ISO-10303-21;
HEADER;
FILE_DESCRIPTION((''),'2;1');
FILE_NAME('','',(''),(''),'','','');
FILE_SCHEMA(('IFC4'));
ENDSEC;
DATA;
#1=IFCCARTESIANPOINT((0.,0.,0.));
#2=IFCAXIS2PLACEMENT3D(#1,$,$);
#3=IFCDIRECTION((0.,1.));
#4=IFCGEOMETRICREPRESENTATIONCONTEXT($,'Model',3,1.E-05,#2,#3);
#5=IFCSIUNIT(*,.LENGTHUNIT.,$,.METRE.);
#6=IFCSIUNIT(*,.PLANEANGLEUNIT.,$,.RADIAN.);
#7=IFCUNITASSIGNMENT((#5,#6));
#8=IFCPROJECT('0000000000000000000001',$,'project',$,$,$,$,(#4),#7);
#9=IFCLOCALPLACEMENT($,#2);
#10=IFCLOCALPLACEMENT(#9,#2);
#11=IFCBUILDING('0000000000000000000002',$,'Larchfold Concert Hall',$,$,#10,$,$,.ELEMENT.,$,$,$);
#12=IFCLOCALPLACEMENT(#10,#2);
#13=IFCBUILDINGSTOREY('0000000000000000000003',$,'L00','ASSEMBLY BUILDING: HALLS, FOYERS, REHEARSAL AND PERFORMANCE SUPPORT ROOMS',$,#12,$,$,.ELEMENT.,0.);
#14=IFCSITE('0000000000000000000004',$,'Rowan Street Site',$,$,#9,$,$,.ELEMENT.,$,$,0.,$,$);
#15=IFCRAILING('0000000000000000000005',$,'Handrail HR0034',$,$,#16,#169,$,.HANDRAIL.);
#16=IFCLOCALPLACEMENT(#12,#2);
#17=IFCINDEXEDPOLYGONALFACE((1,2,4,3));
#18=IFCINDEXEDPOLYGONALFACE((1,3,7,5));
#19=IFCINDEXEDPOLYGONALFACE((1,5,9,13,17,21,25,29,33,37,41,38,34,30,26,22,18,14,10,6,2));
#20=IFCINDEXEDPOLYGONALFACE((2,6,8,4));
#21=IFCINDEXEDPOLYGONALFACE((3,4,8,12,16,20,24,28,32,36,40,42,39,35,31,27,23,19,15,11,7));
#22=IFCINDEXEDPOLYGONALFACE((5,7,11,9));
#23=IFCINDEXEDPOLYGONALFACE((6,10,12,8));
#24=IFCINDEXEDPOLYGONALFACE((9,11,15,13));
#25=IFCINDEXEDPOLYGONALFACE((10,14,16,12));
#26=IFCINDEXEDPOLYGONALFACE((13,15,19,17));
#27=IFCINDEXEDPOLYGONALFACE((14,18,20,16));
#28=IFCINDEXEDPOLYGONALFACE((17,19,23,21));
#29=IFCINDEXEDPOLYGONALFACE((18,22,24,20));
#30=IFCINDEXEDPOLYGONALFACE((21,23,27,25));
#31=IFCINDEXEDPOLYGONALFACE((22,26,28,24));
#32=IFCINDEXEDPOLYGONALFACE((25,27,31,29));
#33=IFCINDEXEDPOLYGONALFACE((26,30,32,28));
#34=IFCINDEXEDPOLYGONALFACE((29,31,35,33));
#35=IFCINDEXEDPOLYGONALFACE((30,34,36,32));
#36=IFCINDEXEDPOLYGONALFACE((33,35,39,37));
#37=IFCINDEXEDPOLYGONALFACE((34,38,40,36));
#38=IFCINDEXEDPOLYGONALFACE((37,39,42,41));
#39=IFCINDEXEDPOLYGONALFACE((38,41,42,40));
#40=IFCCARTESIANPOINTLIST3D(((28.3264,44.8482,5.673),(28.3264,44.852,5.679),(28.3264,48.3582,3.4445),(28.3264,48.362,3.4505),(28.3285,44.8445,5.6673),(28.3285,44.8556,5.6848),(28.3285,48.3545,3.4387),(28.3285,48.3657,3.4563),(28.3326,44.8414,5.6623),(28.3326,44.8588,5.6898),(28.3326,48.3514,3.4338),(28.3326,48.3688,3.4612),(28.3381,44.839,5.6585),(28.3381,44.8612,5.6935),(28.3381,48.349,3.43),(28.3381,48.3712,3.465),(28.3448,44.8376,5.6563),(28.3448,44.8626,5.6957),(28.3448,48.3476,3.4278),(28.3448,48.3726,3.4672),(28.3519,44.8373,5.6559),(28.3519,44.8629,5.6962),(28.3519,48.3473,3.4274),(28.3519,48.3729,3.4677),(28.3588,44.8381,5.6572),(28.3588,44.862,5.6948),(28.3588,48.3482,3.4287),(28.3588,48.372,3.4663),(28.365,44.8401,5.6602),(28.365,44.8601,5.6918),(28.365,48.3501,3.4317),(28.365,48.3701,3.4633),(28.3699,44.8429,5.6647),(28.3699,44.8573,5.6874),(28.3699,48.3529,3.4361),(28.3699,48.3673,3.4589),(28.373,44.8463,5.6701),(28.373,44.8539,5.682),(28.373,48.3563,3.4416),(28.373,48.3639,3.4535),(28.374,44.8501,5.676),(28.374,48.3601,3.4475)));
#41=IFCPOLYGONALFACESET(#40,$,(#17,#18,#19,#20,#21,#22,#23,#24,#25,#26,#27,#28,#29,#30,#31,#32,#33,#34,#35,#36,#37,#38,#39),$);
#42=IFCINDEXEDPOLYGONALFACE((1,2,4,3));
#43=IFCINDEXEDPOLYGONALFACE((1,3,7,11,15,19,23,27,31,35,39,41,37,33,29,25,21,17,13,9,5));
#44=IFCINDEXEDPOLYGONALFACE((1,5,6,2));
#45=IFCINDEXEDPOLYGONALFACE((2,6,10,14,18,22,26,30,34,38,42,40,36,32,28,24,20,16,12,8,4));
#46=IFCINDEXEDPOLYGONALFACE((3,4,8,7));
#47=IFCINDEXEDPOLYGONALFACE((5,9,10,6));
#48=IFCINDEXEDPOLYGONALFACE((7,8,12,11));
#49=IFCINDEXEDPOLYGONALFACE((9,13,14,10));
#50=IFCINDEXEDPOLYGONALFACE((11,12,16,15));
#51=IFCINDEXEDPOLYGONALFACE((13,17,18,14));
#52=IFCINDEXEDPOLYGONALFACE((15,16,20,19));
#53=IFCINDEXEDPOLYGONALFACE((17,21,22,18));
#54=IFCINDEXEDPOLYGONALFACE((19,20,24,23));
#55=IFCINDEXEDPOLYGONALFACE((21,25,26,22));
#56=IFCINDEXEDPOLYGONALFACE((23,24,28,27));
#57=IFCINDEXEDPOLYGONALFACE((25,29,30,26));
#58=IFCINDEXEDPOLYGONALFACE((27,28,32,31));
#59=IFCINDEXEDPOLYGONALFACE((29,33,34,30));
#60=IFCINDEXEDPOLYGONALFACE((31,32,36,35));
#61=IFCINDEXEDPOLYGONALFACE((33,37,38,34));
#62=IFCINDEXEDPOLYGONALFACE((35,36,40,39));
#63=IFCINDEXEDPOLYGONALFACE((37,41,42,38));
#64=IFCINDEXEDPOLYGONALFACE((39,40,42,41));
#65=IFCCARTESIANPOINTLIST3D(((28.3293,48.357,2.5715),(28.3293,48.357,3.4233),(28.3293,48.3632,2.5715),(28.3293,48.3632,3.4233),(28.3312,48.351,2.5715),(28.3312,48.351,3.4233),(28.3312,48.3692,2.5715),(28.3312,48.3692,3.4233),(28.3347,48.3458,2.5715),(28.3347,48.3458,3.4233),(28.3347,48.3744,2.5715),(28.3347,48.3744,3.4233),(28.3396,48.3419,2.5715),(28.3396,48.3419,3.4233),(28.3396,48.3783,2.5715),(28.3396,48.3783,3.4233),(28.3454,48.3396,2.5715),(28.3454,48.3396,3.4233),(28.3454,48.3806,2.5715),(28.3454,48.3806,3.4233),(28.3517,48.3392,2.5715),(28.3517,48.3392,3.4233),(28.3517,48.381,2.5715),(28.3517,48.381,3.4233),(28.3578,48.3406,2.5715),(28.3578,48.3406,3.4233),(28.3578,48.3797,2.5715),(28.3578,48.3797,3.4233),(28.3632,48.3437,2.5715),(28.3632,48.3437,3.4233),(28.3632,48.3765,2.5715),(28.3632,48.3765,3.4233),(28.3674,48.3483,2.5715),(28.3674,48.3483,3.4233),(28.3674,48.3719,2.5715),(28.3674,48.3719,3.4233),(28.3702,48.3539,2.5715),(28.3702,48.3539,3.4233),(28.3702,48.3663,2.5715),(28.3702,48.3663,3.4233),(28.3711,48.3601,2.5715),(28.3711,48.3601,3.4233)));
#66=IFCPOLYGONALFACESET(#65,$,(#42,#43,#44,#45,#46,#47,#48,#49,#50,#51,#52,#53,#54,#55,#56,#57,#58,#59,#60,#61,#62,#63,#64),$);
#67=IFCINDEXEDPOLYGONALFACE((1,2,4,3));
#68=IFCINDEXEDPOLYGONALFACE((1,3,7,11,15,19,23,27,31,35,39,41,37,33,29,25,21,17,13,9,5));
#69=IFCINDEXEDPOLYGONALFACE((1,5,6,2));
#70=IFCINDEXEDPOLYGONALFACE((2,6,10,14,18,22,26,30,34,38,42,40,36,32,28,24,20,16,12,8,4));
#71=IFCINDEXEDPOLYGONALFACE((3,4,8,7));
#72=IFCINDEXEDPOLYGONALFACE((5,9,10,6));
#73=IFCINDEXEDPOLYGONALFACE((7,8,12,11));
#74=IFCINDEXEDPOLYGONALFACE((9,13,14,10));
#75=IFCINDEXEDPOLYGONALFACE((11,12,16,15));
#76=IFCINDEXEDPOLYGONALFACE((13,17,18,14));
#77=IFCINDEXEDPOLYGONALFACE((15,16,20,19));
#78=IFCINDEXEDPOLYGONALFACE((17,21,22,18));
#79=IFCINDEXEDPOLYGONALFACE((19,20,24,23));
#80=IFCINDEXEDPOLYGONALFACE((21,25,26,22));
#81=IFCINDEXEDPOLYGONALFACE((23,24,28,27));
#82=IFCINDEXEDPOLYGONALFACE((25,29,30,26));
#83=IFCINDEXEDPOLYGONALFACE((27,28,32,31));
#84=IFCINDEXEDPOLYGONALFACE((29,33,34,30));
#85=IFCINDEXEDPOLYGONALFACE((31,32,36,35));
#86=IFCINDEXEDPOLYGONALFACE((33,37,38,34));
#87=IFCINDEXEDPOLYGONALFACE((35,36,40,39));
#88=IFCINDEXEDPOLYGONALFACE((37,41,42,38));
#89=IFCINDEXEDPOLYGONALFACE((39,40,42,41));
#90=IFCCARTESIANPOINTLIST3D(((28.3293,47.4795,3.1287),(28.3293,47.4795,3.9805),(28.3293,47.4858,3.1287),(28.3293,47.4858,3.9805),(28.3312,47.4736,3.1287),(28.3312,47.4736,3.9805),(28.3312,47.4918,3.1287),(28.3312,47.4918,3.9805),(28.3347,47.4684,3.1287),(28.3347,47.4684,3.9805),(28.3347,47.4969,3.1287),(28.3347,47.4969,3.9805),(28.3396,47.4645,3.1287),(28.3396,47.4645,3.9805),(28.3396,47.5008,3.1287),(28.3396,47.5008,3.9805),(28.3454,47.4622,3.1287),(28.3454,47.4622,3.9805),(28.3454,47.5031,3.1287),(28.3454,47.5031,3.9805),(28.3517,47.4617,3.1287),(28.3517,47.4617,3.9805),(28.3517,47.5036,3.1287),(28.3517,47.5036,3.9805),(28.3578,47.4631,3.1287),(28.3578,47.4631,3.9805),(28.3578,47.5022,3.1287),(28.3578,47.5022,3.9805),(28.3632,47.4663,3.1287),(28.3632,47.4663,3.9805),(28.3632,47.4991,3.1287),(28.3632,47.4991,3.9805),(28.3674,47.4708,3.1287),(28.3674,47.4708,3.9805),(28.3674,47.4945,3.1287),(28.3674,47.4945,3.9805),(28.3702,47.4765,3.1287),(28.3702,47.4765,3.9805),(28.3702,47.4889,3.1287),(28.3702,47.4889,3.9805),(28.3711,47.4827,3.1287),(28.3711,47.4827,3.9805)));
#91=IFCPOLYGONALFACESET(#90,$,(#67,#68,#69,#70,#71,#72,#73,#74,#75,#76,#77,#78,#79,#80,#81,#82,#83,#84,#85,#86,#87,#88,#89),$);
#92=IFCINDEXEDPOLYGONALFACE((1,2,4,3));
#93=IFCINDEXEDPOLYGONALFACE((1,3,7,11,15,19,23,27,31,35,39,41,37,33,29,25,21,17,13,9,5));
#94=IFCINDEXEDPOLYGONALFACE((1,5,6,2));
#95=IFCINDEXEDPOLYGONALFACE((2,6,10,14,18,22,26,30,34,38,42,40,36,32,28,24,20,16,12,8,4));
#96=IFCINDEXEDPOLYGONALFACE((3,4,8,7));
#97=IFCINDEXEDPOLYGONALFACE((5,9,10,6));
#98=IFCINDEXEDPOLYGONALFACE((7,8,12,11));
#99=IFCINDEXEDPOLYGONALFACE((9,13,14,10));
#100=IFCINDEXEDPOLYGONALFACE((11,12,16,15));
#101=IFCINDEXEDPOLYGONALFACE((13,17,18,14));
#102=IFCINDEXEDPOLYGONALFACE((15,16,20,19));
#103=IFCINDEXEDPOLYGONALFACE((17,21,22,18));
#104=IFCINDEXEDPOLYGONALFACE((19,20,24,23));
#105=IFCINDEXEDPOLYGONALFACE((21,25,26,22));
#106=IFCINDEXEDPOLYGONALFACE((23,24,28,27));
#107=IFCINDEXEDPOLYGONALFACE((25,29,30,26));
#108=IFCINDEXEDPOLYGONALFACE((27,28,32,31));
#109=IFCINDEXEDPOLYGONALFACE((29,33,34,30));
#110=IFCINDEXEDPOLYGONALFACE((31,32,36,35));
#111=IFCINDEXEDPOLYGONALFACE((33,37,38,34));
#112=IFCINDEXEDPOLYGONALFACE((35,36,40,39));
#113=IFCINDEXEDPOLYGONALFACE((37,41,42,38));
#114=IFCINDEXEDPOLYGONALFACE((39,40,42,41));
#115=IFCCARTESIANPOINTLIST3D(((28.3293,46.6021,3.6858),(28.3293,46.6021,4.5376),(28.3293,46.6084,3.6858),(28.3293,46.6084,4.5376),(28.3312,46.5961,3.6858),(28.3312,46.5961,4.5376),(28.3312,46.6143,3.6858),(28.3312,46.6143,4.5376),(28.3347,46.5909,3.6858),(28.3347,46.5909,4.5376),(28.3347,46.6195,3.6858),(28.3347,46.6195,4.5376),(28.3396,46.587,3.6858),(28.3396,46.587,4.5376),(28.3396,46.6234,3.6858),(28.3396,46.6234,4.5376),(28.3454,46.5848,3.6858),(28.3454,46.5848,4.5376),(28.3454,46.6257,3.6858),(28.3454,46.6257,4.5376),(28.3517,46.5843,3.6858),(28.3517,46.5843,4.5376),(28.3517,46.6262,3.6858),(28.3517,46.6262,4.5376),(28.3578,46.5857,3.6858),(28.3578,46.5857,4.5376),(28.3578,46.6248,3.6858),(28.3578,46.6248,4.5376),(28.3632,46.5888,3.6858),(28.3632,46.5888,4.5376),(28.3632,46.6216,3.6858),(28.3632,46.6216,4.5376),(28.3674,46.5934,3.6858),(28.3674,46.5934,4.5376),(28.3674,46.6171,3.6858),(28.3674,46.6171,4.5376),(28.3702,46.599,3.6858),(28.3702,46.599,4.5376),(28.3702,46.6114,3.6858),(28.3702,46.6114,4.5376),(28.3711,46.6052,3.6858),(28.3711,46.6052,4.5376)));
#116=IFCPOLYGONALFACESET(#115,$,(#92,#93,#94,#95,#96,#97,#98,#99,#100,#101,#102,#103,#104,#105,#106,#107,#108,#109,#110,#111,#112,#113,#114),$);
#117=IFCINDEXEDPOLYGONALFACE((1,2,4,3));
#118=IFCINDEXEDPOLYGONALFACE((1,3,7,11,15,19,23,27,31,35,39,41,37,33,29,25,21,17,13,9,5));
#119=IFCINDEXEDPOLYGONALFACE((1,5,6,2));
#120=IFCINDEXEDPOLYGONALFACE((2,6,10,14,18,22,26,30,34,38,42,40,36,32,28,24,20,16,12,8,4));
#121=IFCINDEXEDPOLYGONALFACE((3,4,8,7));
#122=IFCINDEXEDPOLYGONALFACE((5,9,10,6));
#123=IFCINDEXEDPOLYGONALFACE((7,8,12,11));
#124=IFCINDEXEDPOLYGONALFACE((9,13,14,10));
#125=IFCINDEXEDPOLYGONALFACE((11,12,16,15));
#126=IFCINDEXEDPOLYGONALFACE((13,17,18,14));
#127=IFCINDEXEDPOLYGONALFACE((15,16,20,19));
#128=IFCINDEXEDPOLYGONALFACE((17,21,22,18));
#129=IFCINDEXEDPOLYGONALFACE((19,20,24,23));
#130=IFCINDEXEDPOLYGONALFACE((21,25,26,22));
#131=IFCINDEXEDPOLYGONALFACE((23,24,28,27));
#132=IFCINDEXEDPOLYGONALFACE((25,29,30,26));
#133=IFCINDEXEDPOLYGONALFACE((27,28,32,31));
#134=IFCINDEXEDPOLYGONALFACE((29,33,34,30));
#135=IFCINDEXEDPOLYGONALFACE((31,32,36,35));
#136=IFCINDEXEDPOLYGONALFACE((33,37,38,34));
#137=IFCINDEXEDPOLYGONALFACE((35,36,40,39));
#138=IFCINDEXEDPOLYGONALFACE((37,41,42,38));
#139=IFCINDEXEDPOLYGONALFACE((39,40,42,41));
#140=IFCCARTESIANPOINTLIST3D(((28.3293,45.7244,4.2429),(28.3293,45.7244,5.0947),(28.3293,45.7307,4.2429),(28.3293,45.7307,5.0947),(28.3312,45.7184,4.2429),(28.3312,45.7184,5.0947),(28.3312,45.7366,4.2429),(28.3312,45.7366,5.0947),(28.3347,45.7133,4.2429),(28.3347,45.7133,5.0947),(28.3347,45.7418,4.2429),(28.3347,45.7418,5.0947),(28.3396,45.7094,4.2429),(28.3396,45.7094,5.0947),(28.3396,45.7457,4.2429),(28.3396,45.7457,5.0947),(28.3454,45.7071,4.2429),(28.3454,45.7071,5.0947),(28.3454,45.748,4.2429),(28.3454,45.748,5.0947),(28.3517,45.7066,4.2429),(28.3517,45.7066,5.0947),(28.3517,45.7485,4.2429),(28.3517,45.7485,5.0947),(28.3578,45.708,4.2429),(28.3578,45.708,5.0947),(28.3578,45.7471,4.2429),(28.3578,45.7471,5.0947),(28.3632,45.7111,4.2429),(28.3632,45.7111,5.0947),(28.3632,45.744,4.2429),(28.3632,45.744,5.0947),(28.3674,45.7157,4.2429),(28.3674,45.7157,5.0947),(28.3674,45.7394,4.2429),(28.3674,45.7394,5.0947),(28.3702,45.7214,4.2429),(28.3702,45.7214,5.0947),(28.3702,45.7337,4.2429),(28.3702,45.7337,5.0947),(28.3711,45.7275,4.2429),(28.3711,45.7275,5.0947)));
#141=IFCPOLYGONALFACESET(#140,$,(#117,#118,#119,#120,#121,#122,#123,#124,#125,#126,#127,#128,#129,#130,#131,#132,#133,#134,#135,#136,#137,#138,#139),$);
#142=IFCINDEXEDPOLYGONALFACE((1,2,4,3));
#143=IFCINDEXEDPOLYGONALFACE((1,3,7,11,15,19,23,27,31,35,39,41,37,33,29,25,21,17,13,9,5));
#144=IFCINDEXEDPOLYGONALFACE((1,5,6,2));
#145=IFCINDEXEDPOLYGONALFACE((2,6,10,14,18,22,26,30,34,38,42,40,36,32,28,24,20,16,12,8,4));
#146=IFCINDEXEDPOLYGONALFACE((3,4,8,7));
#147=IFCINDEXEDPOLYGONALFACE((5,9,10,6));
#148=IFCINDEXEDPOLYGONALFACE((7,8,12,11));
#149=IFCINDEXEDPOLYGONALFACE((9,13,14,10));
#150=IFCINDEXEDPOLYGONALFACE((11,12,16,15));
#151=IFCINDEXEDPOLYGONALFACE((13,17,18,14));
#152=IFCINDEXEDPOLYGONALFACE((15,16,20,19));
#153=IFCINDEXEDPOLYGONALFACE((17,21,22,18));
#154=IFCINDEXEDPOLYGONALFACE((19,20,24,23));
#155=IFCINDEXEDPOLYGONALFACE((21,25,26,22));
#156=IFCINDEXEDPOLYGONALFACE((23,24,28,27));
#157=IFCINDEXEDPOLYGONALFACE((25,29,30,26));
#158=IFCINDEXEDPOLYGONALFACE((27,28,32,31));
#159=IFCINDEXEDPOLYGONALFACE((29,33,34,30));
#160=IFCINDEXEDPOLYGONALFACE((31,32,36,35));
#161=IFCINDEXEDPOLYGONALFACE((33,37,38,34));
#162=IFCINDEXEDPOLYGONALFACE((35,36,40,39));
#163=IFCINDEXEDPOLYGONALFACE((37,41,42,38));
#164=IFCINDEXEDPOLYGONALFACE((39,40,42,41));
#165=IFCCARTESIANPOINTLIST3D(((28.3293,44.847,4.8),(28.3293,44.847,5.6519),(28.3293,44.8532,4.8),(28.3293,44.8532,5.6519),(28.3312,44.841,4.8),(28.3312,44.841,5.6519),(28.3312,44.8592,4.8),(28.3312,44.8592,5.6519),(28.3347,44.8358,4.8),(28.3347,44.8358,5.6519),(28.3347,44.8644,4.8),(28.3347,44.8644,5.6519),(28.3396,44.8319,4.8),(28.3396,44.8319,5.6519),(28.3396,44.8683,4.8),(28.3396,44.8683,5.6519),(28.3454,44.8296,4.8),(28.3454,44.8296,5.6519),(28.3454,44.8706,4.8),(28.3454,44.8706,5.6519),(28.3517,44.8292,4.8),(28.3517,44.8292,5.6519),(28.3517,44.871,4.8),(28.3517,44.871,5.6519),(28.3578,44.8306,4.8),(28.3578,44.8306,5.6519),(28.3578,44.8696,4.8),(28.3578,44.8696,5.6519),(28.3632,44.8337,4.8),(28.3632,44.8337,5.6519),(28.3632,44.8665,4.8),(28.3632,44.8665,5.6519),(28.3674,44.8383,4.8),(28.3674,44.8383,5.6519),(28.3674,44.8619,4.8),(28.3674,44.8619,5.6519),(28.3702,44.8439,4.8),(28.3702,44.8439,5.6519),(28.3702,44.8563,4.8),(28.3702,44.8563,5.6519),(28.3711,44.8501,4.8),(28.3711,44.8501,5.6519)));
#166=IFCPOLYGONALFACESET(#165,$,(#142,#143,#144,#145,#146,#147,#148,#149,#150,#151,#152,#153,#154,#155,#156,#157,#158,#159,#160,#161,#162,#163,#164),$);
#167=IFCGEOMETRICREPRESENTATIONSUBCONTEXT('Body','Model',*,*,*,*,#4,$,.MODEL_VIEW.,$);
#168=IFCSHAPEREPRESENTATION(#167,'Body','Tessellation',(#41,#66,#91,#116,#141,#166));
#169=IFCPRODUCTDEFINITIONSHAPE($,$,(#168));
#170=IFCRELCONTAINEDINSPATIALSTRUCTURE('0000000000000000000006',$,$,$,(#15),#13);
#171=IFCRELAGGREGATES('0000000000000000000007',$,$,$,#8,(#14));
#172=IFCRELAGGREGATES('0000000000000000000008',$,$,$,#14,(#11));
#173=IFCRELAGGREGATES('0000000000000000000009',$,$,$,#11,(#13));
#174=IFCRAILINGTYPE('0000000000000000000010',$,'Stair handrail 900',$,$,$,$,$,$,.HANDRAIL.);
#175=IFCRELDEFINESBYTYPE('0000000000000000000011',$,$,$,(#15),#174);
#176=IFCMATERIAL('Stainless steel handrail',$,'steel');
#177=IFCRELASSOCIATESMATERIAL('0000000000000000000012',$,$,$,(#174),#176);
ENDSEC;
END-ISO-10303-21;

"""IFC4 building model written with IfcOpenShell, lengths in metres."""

from ifc_helpers import new_model, si_unit, direction, frame, origin, origin_2d, place, context, subcontext, project, spatial, circle, extrude, material, type_object, element, save


model = new_model("IFC4")

# Units and contexts
model_context = context("Model", 3, precision=1e-05, world=origin(), true_north=direction((0.0, 1.0)))
body_context = subcontext(model_context, "Body", "Model", "MODEL_VIEW")
ifc_project = project(units=[si_unit("LENGTHUNIT", "METRE"), si_unit("PLANEANGLEUNIT", "RADIAN")], contexts=[model_context])

# Site, building, storey
site_placement = place(None, origin())
site = spatial("IfcSite", under=ifc_project, at=site_placement, Name="Rowan Street Site", CompositionType="ELEMENT", RefElevation=0.0)
building_placement = place(site_placement, origin())
building = spatial("IfcBuilding", under=site, at=building_placement, Name="Larchfold Concert Hall", CompositionType="ELEMENT")
storey_placement = place(building_placement, origin())
storey = spatial("IfcBuildingStorey", under=building, at=storey_placement, Name="L00", Description="ASSEMBLY BUILDING: HALLS, FOYERS, REHEARSAL AND PERFORMANCE SUPPORT ROOMS", CompositionType="ELEMENT", Elevation=0.0)

# Railing
ifc_material_1 = material(Name="Stainless steel handrail", Category="steel")
railing_type_1 = type_object("IfcRailingType", Name="Stair handrail 900", PredefinedType="HANDRAIL", material=ifc_material_1)
for number, where, name in (
    (1, (28.3501, 48.3601, 2.5715), "Handrail HR0034"),
):
    element("IfcRailing", number, at=place(storey_placement, frame(where)), inside=storey, type_object=railing_type_1, Name=name, PredefinedType="HANDRAIL", context=body_context, shape_type="SweptSolid", body=[
        extrude(circle(Radius=0.0239, at=origin_2d()), frame((0.0, 0.0, 0.876), z_axis=(0.0, -0.84422, 0.535998), x_axis=(1.0, 0.0, 0.0)), (0.0, 0.0, 1.0), 4.1577),
        extrude(circle(Radius=0.021, at=origin_2d()), origin(), (0.0, 0.0, 1.0), 0.8518),
        extrude(circle(Radius=0.021, at=origin_2d()), frame((0.0, -0.8774, 0.5571)), (0.0, 0.0, 1.0), 0.8518),
        extrude(circle(Radius=0.021, at=origin_2d()), frame((0.0, -1.7549, 1.1143)), (0.0, 0.0, 1.0), 0.8518),
        extrude(circle(Radius=0.021, at=origin_2d()), frame((0.0, -2.6326, 1.6714)), (0.0, 0.0, 1.0), 0.8518),
        extrude(circle(Radius=0.021, at=origin_2d()), frame((0.0, -3.51, 2.2285)), (0.0, 0.0, 1.0), 0.8518),
    ])

save(model, "model.ifc")
